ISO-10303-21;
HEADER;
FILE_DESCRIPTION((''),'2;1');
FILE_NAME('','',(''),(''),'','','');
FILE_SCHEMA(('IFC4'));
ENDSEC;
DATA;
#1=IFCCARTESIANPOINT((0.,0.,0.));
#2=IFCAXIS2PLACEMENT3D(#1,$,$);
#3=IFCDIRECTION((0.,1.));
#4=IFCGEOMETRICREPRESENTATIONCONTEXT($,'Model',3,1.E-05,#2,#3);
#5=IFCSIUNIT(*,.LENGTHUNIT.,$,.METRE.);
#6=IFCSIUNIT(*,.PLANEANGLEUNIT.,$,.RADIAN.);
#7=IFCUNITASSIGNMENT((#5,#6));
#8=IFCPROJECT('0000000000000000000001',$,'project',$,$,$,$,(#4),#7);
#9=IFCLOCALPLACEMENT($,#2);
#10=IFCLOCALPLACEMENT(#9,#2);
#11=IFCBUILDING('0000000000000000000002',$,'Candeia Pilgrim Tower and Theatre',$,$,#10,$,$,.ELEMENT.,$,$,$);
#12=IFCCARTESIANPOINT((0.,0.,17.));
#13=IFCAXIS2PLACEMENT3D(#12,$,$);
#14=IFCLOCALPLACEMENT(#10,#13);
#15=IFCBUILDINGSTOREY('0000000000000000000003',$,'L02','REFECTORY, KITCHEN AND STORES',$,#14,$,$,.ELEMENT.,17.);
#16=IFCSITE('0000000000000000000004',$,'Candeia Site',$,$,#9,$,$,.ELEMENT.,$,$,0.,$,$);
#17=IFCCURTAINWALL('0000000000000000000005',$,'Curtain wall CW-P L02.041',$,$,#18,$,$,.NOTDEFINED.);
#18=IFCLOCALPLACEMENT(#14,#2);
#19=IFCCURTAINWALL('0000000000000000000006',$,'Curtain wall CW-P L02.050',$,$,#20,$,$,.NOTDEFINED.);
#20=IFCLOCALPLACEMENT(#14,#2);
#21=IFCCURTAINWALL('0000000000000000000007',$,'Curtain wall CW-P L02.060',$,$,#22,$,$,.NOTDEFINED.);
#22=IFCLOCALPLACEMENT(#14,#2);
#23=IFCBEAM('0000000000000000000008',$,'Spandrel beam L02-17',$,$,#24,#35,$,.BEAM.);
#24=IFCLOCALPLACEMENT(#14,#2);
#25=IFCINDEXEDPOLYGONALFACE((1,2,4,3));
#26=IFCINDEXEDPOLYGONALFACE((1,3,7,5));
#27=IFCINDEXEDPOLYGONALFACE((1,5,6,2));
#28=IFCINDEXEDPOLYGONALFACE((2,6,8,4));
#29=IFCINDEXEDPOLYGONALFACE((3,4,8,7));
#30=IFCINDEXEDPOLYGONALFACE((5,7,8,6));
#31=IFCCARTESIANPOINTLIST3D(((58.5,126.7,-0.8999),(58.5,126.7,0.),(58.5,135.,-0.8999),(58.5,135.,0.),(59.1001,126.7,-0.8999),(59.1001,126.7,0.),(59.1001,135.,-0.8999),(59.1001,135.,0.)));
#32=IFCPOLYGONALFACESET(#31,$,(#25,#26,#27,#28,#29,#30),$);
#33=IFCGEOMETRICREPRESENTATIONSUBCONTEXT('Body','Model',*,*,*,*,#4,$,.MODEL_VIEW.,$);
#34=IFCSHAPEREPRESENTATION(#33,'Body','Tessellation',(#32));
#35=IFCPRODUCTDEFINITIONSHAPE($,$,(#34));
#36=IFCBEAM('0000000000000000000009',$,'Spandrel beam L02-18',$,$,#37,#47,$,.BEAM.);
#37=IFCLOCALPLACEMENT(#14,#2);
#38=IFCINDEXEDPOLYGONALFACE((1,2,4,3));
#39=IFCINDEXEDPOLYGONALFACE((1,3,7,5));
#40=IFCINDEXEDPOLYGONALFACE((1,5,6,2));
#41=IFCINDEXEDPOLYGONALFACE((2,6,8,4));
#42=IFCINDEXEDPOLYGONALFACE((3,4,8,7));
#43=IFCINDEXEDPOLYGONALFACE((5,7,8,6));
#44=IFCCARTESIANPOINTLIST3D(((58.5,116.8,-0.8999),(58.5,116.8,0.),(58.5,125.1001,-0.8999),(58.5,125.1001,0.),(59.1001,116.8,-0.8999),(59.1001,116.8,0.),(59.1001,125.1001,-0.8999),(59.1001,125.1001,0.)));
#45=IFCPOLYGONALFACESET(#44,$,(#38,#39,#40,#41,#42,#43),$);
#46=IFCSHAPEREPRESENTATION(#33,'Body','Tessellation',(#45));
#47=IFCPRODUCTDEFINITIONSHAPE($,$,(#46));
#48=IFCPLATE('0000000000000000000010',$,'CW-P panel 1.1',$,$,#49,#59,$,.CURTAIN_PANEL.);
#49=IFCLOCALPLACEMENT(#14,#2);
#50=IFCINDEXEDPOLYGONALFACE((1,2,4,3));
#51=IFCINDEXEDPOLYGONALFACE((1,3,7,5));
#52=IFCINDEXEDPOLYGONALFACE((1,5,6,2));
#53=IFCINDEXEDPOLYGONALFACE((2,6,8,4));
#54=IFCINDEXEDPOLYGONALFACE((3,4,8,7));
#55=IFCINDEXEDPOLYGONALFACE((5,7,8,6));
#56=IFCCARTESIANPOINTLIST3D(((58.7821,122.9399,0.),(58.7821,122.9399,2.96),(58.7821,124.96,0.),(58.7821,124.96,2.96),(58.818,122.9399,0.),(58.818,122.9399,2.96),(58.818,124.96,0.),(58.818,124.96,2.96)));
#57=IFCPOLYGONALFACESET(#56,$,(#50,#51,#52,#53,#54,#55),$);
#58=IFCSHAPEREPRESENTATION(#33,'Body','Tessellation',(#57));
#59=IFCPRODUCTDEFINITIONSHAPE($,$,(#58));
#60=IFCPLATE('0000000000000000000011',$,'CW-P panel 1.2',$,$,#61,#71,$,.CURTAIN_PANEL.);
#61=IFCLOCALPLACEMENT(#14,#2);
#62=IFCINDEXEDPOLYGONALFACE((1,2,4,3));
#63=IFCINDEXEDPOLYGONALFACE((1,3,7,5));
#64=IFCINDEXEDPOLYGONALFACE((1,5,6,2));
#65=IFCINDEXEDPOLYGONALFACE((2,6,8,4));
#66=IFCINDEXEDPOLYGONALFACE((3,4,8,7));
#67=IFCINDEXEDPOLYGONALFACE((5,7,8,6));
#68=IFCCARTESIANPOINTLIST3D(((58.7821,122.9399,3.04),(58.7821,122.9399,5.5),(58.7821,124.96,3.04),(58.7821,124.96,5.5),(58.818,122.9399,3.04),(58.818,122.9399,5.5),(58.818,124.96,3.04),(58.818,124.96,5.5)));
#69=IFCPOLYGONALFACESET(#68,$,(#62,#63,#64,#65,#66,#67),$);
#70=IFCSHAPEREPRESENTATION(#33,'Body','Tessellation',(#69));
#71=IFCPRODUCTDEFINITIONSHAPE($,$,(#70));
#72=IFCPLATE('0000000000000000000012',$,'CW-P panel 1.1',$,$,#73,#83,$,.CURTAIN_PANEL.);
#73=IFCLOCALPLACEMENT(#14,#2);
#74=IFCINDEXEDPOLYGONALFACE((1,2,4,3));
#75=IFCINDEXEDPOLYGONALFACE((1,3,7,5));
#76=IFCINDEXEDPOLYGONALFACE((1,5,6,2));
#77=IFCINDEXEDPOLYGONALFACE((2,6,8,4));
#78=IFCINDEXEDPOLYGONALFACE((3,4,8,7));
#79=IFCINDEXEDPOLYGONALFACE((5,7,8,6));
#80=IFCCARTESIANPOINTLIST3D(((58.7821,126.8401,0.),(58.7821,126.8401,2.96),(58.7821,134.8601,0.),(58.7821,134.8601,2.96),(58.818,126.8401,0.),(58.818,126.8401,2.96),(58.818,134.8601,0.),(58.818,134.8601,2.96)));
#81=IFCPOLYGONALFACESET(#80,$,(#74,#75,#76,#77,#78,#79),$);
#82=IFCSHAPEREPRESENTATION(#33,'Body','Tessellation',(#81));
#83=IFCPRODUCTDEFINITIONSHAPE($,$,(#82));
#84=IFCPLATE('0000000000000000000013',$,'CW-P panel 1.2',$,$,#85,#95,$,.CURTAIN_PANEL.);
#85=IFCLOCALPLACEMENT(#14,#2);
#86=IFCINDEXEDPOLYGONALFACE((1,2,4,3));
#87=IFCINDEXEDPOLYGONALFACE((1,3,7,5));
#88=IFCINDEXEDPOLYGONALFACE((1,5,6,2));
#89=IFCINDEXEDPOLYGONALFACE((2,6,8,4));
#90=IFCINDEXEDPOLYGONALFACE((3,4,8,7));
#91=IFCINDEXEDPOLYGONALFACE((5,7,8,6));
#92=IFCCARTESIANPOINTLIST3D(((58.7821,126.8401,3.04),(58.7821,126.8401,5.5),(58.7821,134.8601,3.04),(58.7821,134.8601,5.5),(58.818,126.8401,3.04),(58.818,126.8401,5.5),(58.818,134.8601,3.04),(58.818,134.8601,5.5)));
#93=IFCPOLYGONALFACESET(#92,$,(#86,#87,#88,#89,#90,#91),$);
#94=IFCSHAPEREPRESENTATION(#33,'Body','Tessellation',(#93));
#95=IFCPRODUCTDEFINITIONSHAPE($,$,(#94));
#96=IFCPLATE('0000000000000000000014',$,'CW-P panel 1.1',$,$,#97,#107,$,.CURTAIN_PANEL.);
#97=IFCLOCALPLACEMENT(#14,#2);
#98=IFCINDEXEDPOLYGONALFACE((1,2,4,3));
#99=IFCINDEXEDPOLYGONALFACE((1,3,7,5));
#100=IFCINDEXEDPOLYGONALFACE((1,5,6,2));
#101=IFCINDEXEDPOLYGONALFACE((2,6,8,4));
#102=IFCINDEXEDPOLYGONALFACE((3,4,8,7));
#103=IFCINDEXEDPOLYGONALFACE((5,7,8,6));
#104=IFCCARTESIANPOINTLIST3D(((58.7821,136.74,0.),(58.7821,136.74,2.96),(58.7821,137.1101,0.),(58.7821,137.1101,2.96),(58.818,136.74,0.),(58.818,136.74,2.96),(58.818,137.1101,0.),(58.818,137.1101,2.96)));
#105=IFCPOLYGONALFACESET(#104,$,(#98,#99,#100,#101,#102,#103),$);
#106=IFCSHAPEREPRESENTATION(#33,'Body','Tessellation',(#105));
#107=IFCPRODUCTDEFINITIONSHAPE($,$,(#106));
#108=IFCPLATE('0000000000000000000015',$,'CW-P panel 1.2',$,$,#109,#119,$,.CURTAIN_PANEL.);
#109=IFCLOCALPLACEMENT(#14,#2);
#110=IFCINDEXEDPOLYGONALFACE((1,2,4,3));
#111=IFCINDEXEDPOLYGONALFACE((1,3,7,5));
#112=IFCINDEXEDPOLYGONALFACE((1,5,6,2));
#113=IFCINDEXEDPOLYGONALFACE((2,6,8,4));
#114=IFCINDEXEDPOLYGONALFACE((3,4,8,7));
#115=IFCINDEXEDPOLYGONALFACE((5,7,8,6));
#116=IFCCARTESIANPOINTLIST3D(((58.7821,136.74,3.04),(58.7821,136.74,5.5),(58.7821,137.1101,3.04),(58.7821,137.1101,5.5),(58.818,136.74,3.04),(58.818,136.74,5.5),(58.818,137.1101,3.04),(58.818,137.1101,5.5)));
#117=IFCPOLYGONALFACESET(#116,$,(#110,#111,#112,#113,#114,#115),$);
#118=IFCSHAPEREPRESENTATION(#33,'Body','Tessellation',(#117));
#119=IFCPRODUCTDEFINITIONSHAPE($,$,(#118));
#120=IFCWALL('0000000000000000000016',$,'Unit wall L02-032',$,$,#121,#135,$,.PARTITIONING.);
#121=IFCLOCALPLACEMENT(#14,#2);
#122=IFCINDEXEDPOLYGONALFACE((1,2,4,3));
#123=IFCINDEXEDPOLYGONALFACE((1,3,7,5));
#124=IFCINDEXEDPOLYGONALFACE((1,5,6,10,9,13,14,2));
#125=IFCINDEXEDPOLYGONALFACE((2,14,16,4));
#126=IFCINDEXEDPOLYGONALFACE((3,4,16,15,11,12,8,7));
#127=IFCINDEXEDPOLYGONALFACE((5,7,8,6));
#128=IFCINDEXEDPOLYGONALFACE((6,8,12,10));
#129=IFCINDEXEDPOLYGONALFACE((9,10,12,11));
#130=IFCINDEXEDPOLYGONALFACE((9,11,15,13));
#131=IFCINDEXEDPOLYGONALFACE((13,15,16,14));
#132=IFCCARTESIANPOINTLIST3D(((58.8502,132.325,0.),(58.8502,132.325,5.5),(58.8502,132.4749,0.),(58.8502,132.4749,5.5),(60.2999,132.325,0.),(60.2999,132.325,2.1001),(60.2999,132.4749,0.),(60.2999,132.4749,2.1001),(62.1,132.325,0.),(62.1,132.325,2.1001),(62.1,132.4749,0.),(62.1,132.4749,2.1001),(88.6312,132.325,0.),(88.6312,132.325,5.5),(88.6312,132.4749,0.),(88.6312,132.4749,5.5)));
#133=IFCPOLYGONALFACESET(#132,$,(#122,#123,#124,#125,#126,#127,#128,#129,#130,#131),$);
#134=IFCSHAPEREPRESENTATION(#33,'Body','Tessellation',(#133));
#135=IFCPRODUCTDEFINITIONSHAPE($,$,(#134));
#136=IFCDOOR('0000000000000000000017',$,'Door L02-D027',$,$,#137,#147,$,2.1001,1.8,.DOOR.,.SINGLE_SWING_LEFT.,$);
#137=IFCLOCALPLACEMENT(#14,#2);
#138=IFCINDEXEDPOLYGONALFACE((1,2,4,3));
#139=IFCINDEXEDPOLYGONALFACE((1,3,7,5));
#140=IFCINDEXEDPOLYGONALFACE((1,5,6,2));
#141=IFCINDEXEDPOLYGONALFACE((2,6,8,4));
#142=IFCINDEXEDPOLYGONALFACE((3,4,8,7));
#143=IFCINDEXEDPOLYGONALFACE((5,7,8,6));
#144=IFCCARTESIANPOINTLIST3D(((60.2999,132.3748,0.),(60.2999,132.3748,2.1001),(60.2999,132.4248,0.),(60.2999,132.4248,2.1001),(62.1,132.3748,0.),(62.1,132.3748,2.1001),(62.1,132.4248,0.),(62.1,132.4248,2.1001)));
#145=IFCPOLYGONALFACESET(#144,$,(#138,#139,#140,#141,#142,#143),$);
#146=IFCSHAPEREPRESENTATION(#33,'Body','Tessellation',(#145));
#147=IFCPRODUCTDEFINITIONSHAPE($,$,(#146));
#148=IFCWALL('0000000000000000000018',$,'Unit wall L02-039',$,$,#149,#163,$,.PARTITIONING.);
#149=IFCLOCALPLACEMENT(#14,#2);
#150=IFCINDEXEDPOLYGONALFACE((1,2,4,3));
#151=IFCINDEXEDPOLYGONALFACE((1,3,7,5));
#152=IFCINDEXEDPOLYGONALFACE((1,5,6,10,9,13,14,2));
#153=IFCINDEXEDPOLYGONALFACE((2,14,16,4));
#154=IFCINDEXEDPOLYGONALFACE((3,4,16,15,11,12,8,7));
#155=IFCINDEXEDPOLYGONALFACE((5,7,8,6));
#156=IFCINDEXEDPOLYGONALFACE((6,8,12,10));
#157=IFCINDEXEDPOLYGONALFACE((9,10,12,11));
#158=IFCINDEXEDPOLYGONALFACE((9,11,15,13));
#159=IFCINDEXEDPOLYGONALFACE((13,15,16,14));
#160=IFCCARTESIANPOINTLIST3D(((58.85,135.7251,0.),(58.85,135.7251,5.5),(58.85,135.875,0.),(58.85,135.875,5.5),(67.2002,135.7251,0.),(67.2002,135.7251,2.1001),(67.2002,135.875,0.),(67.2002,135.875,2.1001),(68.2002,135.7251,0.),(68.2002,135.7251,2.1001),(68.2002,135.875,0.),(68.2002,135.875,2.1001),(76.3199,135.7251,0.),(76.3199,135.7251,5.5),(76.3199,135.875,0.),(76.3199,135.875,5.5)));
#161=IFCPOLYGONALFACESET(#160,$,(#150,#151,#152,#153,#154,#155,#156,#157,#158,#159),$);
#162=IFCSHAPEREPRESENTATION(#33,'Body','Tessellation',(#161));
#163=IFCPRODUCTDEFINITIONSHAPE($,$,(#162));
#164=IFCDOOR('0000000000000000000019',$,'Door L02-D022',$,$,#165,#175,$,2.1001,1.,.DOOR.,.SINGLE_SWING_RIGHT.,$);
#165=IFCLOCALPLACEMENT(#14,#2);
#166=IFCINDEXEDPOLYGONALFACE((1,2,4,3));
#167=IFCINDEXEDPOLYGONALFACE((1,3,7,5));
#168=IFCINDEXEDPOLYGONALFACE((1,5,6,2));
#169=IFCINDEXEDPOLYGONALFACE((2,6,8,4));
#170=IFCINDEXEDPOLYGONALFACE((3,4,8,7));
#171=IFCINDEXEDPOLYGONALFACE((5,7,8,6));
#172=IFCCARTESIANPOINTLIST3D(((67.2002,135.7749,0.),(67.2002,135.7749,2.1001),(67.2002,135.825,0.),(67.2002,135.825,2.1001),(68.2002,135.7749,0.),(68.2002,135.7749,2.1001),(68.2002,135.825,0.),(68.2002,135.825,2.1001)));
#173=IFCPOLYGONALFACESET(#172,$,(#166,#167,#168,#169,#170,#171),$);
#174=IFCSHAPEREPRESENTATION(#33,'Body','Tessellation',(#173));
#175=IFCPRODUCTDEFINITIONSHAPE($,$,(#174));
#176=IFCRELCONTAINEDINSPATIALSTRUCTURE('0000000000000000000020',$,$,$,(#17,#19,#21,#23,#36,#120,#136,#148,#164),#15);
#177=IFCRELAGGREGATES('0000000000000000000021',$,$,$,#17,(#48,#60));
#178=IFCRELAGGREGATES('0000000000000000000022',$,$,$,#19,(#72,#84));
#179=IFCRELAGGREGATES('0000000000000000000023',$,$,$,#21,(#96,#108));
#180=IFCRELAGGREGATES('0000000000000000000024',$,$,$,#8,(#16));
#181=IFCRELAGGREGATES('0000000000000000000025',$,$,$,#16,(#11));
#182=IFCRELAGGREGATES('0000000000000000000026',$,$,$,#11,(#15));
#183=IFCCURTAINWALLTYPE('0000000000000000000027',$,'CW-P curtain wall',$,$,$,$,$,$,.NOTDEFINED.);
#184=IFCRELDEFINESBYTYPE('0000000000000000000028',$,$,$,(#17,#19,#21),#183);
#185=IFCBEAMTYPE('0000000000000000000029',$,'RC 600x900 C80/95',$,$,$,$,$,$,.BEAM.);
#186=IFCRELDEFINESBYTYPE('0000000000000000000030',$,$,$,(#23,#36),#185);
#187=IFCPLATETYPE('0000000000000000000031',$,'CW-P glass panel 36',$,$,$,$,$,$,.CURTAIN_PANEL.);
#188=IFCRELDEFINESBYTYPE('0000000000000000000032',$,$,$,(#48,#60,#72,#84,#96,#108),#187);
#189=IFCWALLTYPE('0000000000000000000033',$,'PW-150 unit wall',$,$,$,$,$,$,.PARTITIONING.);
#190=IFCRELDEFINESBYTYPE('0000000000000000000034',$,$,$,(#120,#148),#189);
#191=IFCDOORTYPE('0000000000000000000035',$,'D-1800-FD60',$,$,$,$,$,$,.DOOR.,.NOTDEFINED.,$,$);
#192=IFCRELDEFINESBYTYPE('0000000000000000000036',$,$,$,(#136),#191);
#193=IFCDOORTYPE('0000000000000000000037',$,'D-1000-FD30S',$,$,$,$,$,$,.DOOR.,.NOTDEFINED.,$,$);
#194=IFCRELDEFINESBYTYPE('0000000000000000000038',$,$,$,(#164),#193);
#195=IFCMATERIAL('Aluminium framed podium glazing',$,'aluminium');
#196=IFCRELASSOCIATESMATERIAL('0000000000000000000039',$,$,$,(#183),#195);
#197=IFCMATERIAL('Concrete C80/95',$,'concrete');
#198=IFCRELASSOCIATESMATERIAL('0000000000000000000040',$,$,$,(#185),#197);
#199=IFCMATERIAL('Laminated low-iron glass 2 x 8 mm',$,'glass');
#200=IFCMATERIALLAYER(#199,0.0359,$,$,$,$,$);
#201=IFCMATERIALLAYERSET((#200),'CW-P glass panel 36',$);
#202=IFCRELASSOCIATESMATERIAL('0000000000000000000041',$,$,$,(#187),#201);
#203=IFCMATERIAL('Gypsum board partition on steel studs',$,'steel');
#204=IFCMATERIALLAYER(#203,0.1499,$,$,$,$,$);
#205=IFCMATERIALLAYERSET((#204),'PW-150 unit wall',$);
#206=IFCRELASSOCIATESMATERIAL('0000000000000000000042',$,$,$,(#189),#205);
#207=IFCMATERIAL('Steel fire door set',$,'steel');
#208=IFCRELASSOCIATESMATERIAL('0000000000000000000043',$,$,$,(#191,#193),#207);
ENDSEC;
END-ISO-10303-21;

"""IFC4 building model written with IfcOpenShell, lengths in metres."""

from ifc_helpers import new_model, si_unit, direction, frame, frame_2d, origin, origin_2d, place, context, subcontext, project, spatial, rectangle, extrude, material, layer, layer_set, material_profile, profile_set, type_object, element, fill, aggregate, save


model = new_model("IFC4")

# Units and contexts
model_context = context("Model", 3, precision=1e-05, world=origin(), true_north=direction((0.0, 1.0)))
body_context = subcontext(model_context, "Body", "Model", "MODEL_VIEW")
ifc_project = project(units=[si_unit("LENGTHUNIT", "METRE"), si_unit("PLANEANGLEUNIT", "RADIAN")], contexts=[model_context])

# Site, building, storey
site_placement = place(None, origin())
site = spatial("IfcSite", under=ifc_project, at=site_placement, Name="Candeia Site", CompositionType="ELEMENT", RefElevation=0.0)
building_placement = place(site_placement, origin())
building = spatial("IfcBuilding", under=site, at=building_placement, Name="Candeia Pilgrim Tower and Theatre", CompositionType="ELEMENT")
storey_placement = place(building_placement, frame((0.0, 0.0, 17.0)))
storey = spatial("IfcBuildingStorey", under=building, at=storey_placement, Name="L02", Description="REFECTORY, KITCHEN AND STORES", CompositionType="ELEMENT", Elevation=17.0)

# Shared definitions
ifc_material_1 = material(Name="Concrete C80/95", Category="concrete")

# Curtain walls
ifc_material_2 = material(Name="Aluminium framed podium glazing", Category="aluminium")
curtain_wall_type = type_object("IfcCurtainWallType", Name="CW-P curtain wall", PredefinedType="NOTDEFINED", material=ifc_material_2)
curtain_wall_1_placement = place(storey_placement, origin())
curtain_wall_1 = element("IfcCurtainWall", 1, at=curtain_wall_1_placement, inside=storey, type_object=curtain_wall_type, Name="Curtain wall CW-P L02.041", PredefinedType="NOTDEFINED")
curtain_wall_2_placement = place(storey_placement, origin())
curtain_wall_2 = element("IfcCurtainWall", 2, at=curtain_wall_2_placement, inside=storey, type_object=curtain_wall_type, Name="Curtain wall CW-P L02.050", PredefinedType="NOTDEFINED")
curtain_wall_3_placement = place(storey_placement, origin())
curtain_wall_3 = element("IfcCurtainWall", 3, at=curtain_wall_3_placement, inside=storey, type_object=curtain_wall_type, Name="Curtain wall CW-P L02.060", PredefinedType="NOTDEFINED")

# Beams
ifc_material_profile_1 = material_profile(ifc_material_1, rectangle(XDim=0.6001, YDim=0.8999, at=origin_2d()))
ifc_profile_set_1 = profile_set([ifc_material_profile_1], Name="Concrete C80/95")
beam_type = type_object("IfcBeamType", Name="RC 600x900 C80/95", PredefinedType="BEAM", material=ifc_profile_set_1)
for number, where, z_axis, x_axis, name in (
    (4, (58.8, 135.0, -0.45), (0.0, -1.0, 0.0), (1.0, 0.0, 0.0), "Spandrel beam L02-17"),
    (5, (58.8, 125.1001, -0.45), (0.0, -1.0, 0.0), (1.0, 0.0, 0.0), "Spandrel beam L02-18"),
):
    element("IfcBeam", number, at=place(storey_placement, frame(where, z_axis=z_axis, x_axis=x_axis)), inside=storey, type_object=beam_type, Name=name, PredefinedType="BEAM", context=body_context, shape_type="SweptSolid", body=[
        extrude(rectangle(XDim=0.6001, YDim=0.8999, at=origin_2d()), origin(), (0.0, 0.0, 1.0), 8.3),
    ])

# Plates
ifc_material_3 = material(Name="Laminated low-iron glass 2 x 8 mm", Category="glass")
ifc_layer_1 = layer(ifc_material_3, 0.0359)
ifc_layer_set_1 = layer_set([ifc_layer_1], Name="CW-P glass panel 36")
plate_type = type_object("IfcPlateType", Name="CW-P glass panel 36", PredefinedType="CURTAIN_PANEL", material=ifc_layer_set_1)
plate_1_placement = place(storey_placement, frame((58.8, 123.95, 0.0), z_axis=(0.0, 0.0, 1.0), x_axis=(0.0, 1.0, 0.0)))
plate_1 = element("IfcPlate", 6, at=plate_1_placement, type_object=plate_type, Name="CW-P panel 1.1", PredefinedType="CURTAIN_PANEL", context=body_context, shape_type="SweptSolid", body=[
    extrude(rectangle(XDim=2.02, YDim=0.0359, at=origin_2d()), origin(), (0.0, 0.0, 1.0), 2.96),
])
plate_2_placement = place(storey_placement, frame((58.8, 123.95, 3.04), z_axis=(0.0, 0.0, 1.0), x_axis=(0.0, 1.0, 0.0)))
plate_2 = element("IfcPlate", 7, at=plate_2_placement, type_object=plate_type, Name="CW-P panel 1.2", PredefinedType="CURTAIN_PANEL", context=body_context, shape_type="SweptSolid", body=[
    extrude(rectangle(XDim=2.02, YDim=0.0359, at=origin_2d()), origin(), (0.0, 0.0, 1.0), 2.46),
])
aggregate(curtain_wall_1, [plate_1, plate_2])
plate_3_placement = place(storey_placement, frame((58.8, 130.8501, 0.0), z_axis=(0.0, 0.0, 1.0), x_axis=(0.0, 1.0, 0.0)))
plate_3 = element("IfcPlate", 8, at=plate_3_placement, type_object=plate_type, Name="CW-P panel 1.1", PredefinedType="CURTAIN_PANEL", context=body_context, shape_type="SweptSolid", body=[
    extrude(rectangle(XDim=8.02, YDim=0.0359, at=origin_2d()), origin(), (0.0, 0.0, 1.0), 2.96),
])
plate_4_placement = place(storey_placement, frame((58.8, 130.8501, 3.04), z_axis=(0.0, 0.0, 1.0), x_axis=(0.0, 1.0, 0.0)))
plate_4 = element("IfcPlate", 9, at=plate_4_placement, type_object=plate_type, Name="CW-P panel 1.2", PredefinedType="CURTAIN_PANEL", context=body_context, shape_type="SweptSolid", body=[
    extrude(rectangle(XDim=8.02, YDim=0.0359, at=origin_2d()), origin(), (0.0, 0.0, 1.0), 2.46),
])
aggregate(curtain_wall_2, [plate_3, plate_4])
plate_5_placement = place(storey_placement, frame((58.8, 136.925, 0.0), z_axis=(0.0, 0.0, 1.0), x_axis=(0.0, 1.0, 0.0)))
plate_5 = element("IfcPlate", 10, at=plate_5_placement, type_object=plate_type, Name="CW-P panel 1.1", PredefinedType="CURTAIN_PANEL", context=body_context, shape_type="SweptSolid", body=[
    extrude(rectangle(XDim=0.3701, YDim=0.0359, at=origin_2d()), origin(), (0.0, 0.0, 1.0), 2.96),
])
plate_6_placement = place(storey_placement, frame((58.8, 136.925, 3.04), z_axis=(0.0, 0.0, 1.0), x_axis=(0.0, 1.0, 0.0)))
plate_6 = element("IfcPlate", 11, at=plate_6_placement, type_object=plate_type, Name="CW-P panel 1.2", PredefinedType="CURTAIN_PANEL", context=body_context, shape_type="SweptSolid", body=[
    extrude(rectangle(XDim=0.3701, YDim=0.0359, at=origin_2d()), origin(), (0.0, 0.0, 1.0), 2.46),
])
aggregate(curtain_wall_3, [plate_5, plate_6])

# Walls, openings, doors
ifc_material_4 = material(Name="Gypsum board partition on steel studs", Category="steel")
ifc_layer_2 = layer(ifc_material_4, 0.1499)
ifc_layer_set_2 = layer_set([ifc_layer_2], Name="PW-150 unit wall")
wall_type_1 = type_object("IfcWallType", Name="PW-150 unit wall", PredefinedType="PARTITIONING", material=ifc_layer_set_2)
wall_1_placement = place(storey_placement, frame((58.8501, 132.3999, 0.0), z_axis=(0.0, 0.0, 1.0), x_axis=(1.0, 0.0, 0.0)))
wall_1 = element("IfcWall", 12, at=wall_1_placement, inside=storey, type_object=wall_type_1, Name="Unit wall L02-032", PredefinedType="PARTITIONING", context=body_context, shape_type="SweptSolid", body=[
    extrude(rectangle(XDim=29.781, YDim=0.1499, at=frame_2d((14.8906, 0.0))), origin(), (0.0, 0.0, 1.0), 5.5),
])
opening_1_placement = place(wall_1_placement, frame((1.45, 0.0, 0.0)))
opening_1 = element("IfcOpeningElement", 13, at=opening_1_placement, cuts=wall_1, PredefinedType="OPENING", context=body_context, shape_type="SweptSolid", body=[
    extrude(rectangle(XDim=1.8, YDim=2.1001, at=frame_2d((0.8999, 1.05))), frame((0.0, 0.085, 0.0), z_axis=(0.0, -1.0, 0.0), x_axis=(1.0, 0.0, 0.0)), (0.0, 0.0, 1.0), 0.1699),
])
ifc_material_5 = material(Name="Steel fire door set", Category="steel")
door_type_1 = type_object("IfcDoorType", Name="D-1800-FD60", OperationType="NOTDEFINED", PredefinedType="DOOR", material=ifc_material_5)
door_1_placement = place(opening_1_placement, origin())
door_1 = element("IfcDoor", 14, at=door_1_placement, inside=storey, type_object=door_type_1, Name="Door L02-D027", OperationType="SINGLE_SWING_LEFT", OverallHeight=2.1001, OverallWidth=1.8, PredefinedType="DOOR", context=body_context, shape_type="SweptSolid", body=[
    extrude(rectangle(XDim=1.8, YDim=2.1001, at=frame_2d((0.8999, 1.05))), frame((0.0, 0.0249, 0.0), z_axis=(0.0, -1.0, 0.0), x_axis=(1.0, 0.0, 0.0)), (0.0, 0.0, 1.0), 0.05),
])
fill(opening_1, door_1)
wall_2_placement = place(storey_placement, frame((58.8501, 135.8, 0.0), z_axis=(0.0, 0.0, 1.0), x_axis=(1.0, 0.0, 0.0)))
wall_2 = element("IfcWall", 15, at=wall_2_placement, inside=storey, type_object=wall_type_1, Name="Unit wall L02-039", PredefinedType="PARTITIONING", context=body_context, shape_type="SweptSolid", body=[
    extrude(rectangle(XDim=17.47, YDim=0.1499, at=frame_2d((8.7349, 0.0))), origin(), (0.0, 0.0, 1.0), 5.5),
])
opening_2_placement = place(wall_2_placement, frame((8.3501, 0.0, 0.0)))
opening_2 = element("IfcOpeningElement", 16, at=opening_2_placement, cuts=wall_2, PredefinedType="OPENING", context=body_context, shape_type="SweptSolid", body=[
    extrude(rectangle(XDim=1.0, YDim=2.1001, at=frame_2d((0.5, 1.05))), frame((0.0, 0.085, 0.0), z_axis=(0.0, -1.0, 0.0), x_axis=(1.0, 0.0, 0.0)), (0.0, 0.0, 1.0), 0.1699),
])
door_type_2 = type_object("IfcDoorType", Name="D-1000-FD30S", OperationType="NOTDEFINED", PredefinedType="DOOR", material=ifc_material_5)
door_2_placement = place(opening_2_placement, origin())
door_2 = element("IfcDoor", 17, at=door_2_placement, inside=storey, type_object=door_type_2, Name="Door L02-D022", OperationType="SINGLE_SWING_RIGHT", OverallHeight=2.1001, OverallWidth=1.0, PredefinedType="DOOR", context=body_context, shape_type="SweptSolid", body=[
    extrude(rectangle(XDim=1.0, YDim=2.1001, at=frame_2d((0.5, 1.05))), frame((0.0, 0.0249, 0.0), z_axis=(0.0, -1.0, 0.0), x_axis=(1.0, 0.0, 0.0)), (0.0, 0.0, 1.0), 0.05),
])
fill(opening_2, door_2)

save(model, "model.ifc")
